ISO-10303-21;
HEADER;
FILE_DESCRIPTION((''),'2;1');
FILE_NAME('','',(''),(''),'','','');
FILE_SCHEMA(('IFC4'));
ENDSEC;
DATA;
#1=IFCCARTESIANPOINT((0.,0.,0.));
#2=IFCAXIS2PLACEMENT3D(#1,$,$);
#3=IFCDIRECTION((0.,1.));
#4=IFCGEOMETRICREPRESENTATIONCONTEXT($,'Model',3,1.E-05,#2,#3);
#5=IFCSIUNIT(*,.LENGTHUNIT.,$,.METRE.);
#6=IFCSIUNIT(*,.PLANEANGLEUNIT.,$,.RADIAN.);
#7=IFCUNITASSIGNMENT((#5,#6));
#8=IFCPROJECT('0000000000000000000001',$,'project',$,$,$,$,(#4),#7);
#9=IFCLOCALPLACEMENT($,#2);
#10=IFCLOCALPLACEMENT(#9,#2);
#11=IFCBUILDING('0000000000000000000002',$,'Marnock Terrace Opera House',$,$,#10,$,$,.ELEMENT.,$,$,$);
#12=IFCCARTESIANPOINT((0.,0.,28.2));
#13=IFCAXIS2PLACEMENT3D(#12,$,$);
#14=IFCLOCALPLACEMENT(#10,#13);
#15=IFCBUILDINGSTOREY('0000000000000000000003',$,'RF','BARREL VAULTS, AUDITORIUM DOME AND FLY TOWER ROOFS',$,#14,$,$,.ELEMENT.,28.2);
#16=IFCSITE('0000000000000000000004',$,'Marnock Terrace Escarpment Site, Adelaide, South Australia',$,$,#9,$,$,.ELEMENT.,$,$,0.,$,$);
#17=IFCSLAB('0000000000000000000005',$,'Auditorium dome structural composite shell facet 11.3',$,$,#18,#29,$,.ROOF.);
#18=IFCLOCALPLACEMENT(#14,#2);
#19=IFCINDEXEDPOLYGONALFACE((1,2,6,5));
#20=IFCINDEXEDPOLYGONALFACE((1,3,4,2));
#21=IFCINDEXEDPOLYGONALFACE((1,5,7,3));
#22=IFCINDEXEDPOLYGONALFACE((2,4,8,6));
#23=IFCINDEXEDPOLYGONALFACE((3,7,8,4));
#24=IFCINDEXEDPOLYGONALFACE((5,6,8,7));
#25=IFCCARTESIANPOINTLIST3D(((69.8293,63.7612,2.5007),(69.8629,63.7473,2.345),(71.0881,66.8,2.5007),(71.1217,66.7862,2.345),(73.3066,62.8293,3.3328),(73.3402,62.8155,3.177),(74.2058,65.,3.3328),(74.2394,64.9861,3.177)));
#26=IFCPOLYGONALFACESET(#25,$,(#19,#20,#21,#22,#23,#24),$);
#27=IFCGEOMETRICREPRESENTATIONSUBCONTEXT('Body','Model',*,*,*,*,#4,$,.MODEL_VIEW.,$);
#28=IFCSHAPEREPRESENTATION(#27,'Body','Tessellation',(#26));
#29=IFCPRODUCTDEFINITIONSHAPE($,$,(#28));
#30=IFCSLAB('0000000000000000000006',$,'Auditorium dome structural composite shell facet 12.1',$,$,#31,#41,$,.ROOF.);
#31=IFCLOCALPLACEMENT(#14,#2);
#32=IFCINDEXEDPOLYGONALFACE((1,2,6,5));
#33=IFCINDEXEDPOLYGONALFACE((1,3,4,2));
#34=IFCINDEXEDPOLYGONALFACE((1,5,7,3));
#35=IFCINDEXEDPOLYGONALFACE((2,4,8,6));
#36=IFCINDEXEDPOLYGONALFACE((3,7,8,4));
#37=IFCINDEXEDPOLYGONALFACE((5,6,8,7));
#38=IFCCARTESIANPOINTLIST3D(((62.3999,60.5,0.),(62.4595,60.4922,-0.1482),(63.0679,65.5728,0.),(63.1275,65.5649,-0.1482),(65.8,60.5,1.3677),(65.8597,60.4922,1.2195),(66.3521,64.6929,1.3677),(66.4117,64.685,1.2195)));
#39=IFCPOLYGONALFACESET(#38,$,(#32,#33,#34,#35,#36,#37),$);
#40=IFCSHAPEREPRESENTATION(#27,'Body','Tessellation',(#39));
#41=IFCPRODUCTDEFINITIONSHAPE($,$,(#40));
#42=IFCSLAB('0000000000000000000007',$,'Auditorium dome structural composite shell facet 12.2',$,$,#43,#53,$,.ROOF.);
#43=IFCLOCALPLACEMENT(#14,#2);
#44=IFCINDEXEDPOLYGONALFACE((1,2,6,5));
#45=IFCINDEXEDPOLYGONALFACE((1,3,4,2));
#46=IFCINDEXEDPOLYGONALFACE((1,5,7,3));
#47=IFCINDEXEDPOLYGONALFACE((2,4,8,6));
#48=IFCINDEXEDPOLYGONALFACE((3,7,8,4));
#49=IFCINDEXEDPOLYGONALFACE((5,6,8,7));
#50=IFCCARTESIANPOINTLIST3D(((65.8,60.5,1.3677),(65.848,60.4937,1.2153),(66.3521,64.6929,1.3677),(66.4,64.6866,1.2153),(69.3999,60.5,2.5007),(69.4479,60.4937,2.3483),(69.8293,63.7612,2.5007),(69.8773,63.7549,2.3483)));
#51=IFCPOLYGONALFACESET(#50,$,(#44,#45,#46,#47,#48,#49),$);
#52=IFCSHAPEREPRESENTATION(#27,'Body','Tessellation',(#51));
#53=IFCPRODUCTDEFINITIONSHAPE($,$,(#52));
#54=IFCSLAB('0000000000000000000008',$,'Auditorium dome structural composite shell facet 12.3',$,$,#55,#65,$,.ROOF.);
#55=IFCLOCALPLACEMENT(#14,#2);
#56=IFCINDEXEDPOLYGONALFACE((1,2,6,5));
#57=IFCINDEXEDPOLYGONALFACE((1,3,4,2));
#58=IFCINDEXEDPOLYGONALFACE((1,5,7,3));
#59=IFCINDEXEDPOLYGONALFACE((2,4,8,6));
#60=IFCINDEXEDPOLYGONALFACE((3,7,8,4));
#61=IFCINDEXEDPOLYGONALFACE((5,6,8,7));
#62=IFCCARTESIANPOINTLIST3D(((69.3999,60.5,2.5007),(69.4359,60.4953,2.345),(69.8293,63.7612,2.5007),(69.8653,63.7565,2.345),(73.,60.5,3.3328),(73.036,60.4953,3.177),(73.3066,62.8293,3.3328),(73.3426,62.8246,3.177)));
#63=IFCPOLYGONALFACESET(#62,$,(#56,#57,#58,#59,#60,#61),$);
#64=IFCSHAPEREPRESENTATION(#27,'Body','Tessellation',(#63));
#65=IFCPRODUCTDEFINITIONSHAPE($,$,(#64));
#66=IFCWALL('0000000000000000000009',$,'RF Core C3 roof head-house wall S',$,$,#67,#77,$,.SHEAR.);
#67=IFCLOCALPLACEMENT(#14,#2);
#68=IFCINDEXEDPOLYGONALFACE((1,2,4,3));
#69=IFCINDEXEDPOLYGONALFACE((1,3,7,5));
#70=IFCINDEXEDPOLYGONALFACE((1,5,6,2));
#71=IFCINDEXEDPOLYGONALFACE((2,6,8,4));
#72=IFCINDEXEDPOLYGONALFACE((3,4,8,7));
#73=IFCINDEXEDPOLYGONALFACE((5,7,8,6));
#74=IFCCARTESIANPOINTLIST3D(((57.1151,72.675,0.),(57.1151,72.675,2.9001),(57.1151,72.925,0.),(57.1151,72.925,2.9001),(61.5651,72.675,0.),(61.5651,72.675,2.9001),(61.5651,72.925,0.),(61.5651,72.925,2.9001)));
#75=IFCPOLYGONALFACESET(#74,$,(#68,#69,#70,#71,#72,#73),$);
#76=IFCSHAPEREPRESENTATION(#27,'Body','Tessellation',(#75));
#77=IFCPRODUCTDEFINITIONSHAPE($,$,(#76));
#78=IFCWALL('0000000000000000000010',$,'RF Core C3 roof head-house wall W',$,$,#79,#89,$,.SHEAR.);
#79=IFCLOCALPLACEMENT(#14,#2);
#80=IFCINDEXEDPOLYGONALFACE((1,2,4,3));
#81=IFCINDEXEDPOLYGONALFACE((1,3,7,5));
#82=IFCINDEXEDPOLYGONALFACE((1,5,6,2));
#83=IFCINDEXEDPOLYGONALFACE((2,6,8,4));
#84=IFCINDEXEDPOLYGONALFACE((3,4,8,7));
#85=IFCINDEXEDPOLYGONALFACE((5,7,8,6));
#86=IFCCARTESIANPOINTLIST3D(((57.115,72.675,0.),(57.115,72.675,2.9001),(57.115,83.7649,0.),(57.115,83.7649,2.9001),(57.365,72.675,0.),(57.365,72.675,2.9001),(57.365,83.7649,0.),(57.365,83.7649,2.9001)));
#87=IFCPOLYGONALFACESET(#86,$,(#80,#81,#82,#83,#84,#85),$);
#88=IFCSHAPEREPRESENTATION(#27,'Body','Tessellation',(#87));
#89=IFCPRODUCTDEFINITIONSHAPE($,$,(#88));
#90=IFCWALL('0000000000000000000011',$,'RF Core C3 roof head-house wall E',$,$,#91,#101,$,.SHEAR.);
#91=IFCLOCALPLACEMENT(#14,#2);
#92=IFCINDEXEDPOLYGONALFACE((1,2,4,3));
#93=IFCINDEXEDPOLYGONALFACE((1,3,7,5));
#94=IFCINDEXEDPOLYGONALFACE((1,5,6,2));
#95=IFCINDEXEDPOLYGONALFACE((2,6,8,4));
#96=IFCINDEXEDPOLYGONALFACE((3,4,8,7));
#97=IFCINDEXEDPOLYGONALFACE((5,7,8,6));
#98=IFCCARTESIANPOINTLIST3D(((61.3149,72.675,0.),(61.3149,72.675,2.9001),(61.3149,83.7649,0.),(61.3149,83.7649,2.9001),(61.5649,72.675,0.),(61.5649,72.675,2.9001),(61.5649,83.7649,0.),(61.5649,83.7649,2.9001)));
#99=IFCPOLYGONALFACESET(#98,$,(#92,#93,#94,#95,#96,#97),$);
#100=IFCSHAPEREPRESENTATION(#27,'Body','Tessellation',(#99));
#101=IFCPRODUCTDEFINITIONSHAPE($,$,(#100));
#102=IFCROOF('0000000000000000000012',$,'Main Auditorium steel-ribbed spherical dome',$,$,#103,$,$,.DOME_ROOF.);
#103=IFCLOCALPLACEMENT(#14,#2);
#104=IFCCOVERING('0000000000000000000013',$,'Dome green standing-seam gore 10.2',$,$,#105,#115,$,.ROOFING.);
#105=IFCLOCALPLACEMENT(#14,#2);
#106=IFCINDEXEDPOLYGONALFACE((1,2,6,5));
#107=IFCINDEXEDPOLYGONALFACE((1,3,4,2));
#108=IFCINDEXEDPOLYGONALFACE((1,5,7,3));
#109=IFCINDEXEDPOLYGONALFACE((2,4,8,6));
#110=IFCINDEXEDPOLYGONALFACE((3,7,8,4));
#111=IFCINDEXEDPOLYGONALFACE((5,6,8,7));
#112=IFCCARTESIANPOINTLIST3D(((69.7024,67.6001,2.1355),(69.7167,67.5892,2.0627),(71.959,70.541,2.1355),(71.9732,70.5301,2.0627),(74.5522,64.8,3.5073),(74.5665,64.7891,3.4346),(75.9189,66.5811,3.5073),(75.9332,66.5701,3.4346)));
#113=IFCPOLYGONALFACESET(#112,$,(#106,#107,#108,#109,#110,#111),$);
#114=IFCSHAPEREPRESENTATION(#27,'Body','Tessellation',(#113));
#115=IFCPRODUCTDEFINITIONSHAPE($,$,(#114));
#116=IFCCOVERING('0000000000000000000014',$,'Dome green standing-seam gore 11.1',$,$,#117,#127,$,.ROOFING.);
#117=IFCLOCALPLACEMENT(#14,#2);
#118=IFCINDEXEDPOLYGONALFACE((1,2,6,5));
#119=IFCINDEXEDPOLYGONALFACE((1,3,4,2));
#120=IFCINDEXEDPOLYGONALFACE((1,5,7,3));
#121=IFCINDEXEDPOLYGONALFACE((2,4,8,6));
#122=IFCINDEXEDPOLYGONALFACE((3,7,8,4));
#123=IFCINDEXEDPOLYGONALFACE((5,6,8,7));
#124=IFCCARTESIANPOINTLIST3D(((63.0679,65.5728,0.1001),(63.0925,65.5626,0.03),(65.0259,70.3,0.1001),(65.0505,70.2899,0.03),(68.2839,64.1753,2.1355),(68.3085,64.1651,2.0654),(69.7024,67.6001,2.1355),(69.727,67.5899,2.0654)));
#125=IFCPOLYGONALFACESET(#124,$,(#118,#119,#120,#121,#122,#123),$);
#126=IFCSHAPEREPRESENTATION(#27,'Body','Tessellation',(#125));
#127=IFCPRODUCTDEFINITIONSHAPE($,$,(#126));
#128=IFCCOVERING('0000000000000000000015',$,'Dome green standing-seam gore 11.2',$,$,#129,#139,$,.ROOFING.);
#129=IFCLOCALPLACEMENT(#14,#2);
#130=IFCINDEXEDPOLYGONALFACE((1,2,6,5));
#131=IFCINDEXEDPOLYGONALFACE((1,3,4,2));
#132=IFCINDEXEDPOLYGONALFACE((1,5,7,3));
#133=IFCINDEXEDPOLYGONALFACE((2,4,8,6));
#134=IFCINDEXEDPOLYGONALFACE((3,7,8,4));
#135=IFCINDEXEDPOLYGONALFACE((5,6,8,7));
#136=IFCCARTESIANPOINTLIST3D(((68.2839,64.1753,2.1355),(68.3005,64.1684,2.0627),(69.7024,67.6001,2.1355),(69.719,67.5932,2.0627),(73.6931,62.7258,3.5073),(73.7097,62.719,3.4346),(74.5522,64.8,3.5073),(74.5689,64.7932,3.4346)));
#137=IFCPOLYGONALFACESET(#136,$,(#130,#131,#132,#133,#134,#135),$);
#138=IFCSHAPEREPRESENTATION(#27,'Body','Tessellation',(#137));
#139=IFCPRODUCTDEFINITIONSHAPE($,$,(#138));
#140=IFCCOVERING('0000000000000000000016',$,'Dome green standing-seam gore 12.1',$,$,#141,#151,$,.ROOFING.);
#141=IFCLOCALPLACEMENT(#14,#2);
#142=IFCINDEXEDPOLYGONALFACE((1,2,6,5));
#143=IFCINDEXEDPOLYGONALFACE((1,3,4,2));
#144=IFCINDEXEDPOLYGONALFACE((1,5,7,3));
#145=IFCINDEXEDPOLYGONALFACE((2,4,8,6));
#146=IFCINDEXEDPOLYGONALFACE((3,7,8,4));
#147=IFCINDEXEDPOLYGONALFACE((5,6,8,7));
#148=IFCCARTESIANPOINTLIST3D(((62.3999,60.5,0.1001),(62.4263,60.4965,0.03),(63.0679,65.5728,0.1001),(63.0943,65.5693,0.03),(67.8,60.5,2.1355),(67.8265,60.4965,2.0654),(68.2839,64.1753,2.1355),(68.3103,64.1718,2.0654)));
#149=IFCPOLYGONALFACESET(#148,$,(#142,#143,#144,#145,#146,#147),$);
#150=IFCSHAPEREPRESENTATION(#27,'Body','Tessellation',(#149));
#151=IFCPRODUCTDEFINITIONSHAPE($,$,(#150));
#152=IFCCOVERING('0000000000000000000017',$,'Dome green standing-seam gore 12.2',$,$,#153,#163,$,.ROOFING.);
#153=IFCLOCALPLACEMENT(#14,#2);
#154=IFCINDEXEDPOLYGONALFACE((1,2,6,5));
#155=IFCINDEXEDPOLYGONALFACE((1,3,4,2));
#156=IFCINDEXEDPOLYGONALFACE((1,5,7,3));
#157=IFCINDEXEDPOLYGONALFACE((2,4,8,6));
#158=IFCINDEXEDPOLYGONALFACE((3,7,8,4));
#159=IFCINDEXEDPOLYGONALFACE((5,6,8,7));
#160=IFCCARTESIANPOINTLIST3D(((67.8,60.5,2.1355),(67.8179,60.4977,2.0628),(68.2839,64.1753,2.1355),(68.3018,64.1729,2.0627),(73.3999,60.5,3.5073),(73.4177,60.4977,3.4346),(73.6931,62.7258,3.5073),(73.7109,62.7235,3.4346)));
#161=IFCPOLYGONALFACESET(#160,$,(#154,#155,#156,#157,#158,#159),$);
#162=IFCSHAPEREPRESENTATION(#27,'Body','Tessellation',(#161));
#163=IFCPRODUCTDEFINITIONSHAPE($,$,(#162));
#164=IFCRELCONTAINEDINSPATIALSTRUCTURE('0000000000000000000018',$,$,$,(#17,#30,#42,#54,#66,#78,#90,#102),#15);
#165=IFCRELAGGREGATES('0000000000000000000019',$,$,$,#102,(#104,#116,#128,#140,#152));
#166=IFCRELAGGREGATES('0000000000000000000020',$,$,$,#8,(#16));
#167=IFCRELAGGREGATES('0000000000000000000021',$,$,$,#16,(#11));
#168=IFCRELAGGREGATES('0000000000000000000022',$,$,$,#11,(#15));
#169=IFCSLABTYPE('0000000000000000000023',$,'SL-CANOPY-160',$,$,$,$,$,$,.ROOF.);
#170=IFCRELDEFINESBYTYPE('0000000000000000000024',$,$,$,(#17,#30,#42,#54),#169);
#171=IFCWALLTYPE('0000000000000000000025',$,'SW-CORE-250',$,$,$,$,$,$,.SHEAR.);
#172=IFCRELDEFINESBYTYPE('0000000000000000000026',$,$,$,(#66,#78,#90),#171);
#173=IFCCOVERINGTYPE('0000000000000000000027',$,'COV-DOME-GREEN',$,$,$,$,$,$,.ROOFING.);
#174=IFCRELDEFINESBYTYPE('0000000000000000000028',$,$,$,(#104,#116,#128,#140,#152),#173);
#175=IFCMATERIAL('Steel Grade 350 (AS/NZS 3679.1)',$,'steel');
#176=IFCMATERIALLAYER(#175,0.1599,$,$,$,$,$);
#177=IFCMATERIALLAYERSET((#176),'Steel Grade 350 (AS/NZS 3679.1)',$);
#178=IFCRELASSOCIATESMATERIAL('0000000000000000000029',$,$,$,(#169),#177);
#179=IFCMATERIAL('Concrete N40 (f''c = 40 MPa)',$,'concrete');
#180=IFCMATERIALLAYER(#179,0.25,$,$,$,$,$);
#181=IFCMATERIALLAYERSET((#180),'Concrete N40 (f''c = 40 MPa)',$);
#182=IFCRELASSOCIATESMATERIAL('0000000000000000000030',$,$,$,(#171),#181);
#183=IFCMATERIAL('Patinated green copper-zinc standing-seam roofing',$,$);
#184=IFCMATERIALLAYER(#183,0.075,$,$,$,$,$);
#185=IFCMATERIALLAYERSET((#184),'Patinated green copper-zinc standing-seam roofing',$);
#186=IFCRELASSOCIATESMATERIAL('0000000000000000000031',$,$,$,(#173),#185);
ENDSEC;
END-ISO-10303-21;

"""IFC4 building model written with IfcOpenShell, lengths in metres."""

from ifc_helpers import new_model, si_unit, direction, frame, frame_2d, origin, place, context, subcontext, project, spatial, polyline, rectangle, outline, extrude, material, layer, layer_set, type_object, element, aggregate, save


model = new_model("IFC4")

# Units and contexts
model_context = context("Model", 3, precision=1e-05, world=origin(), true_north=direction((0.0, 1.0)))
body_context = subcontext(model_context, "Body", "Model", "MODEL_VIEW")
ifc_project = project(units=[si_unit("LENGTHUNIT", "METRE"), si_unit("PLANEANGLEUNIT", "RADIAN")], contexts=[model_context])

# Site, building, storey
site_placement = place(None, origin())
site = spatial("IfcSite", under=ifc_project, at=site_placement, Name="Marnock Terrace Escarpment Site, Adelaide, South Australia", CompositionType="ELEMENT", RefElevation=0.0)
building_placement = place(site_placement, origin())
building = spatial("IfcBuilding", under=site, at=building_placement, Name="Marnock Terrace Opera House", CompositionType="ELEMENT")
storey_placement = place(building_placement, frame((0.0, 0.0, 28.2)))
storey = spatial("IfcBuildingStorey", under=building, at=storey_placement, Name="RF", Description="BARREL VAULTS, AUDITORIUM DOME AND FLY TOWER ROOFS", CompositionType="ELEMENT", Elevation=28.2)

# Shared definitions
ifc_material_1 = material(Name="Steel Grade 350 (AS/NZS 3679.1)", Category="steel")
ifc_material_2 = material(Name="Concrete N40 (f'c = 40 MPa)", Category="concrete")

# Slabs
ifc_layer_1 = layer(ifc_material_1, 0.1599)
ifc_layer_set_1 = layer_set([ifc_layer_1], Name="Steel Grade 350 (AS/NZS 3679.1)")
slab_type = type_object("IfcSlabType", Name="SL-CANOPY-160", PredefinedType="ROOF", material=ifc_layer_set_1)
slab_1_placement = place(storey_placement, frame((71.0881, 66.8, 2.5007), z_axis=(-0.209743, 0.086884, 0.973889), x_axis=(-0.382701, -0.923872, 0.0)))
element("IfcSlab", 1, at=slab_1_placement, inside=storey, type_object=slab_type, Name="Auditorium dome structural composite shell facet 11.3", PredefinedType="ROOF", context=body_context, shape_type="SweptSolid", body=[
    extrude(outline(polyline([(0.0, 0.0), (3.2892, 0.0), (2.8194, 3.6649), (0.4699, 3.6649), (0.0, 0.0)])), origin(), (0.0, 0.0, -1.0), 0.1599),
])
slab_2_placement = place(storey_placement, frame((63.0679, 65.5728, 0.0), z_axis=(-0.372738, 0.049077, 0.926638), x_axis=(-0.130549, -0.991442, -0.000004)))
element("IfcSlab", 2, at=slab_2_placement, inside=storey, type_object=slab_type, Name="Auditorium dome structural composite shell facet 12.1", PredefinedType="ROOF", context=body_context, shape_type="SweptSolid", body=[
    extrude(outline(polyline([(0.0, 0.0), (5.1165, 0.0), (4.6727, 3.6379), (0.4436, 3.6378), (0.0, 0.0)])), origin(), (0.0, 0.0, -1.0), 0.1599),
])
slab_3_placement = place(storey_placement, frame((66.3521, 64.6929, 1.3677), z_axis=(-0.299992, 0.039498, 0.953124), x_axis=(-0.130527, -0.991445, 0.000004)))
element("IfcSlab", 3, at=slab_3_placement, inside=storey, type_object=slab_type, Name="Auditorium dome structural composite shell facet 12.2", PredefinedType="ROOF", context=body_context, shape_type="SweptSolid", body=[
    extrude(outline(polyline([(0.0, 0.0), (4.2291, 0.0), (3.7592, 3.7446), (0.4698, 3.7447), (0.0, 0.0)])), origin(), (0.0, 0.0, -1.0), 0.1599),
])
slab_4_placement = place(storey_placement, frame((69.8293, 63.7612, 2.5007), z_axis=(-0.225082, 0.029635, 0.973889), x_axis=(-0.130554, -0.991441, -0.000004)))
element("IfcSlab", 4, at=slab_4_placement, inside=storey, type_object=slab_type, Name="Auditorium dome structural composite shell facet 12.3", PredefinedType="ROOF", context=body_context, shape_type="SweptSolid", body=[
    extrude(outline(polyline([(0.0, 0.0), (3.2894, 0.0), (2.8194, 3.665), (0.4699, 3.6649), (0.0, 0.0)])), origin(), (0.0, 0.0, -1.0), 0.1599),
])

# Walls
ifc_layer_2 = layer(ifc_material_2, 0.25)
ifc_layer_set_2 = layer_set([ifc_layer_2], Name="Concrete N40 (f'c = 40 MPa)")
wall_type = type_object("IfcWallType", Name="SW-CORE-250", PredefinedType="SHEAR", material=ifc_layer_set_2)
wall_placement = place(storey_placement, frame((57.115, 72.8, 0.0), z_axis=(0.0, 0.0, 1.0), x_axis=(1.0, 0.0, 0.0)))
element("IfcWall", 5, at=wall_placement, inside=storey, type_object=wall_type, Name="RF Core C3 roof head-house wall S", PredefinedType="SHEAR", context=body_context, shape_type="SweptSolid", body=[
    extrude(rectangle(XDim=4.45, YDim=0.25, at=frame_2d((2.2251, 0.0))), origin(), (0.0, 0.0, 1.0), 2.9001),
])
for number, where, z_axis, x_axis, name in (
    (6, (57.24, 72.675, 0.0), (0.0, 0.0, 1.0), (0.0, 1.0, 0.0), "RF Core C3 roof head-house wall W"),
    (7, (61.4399, 72.675, 0.0), (0.0, 0.0, 1.0), (0.0, 1.0, 0.0), "RF Core C3 roof head-house wall E"),
):
    element("IfcWall", number, at=place(storey_placement, frame(where, z_axis=z_axis, x_axis=x_axis)), inside=storey, type_object=wall_type, Name=name, PredefinedType="SHEAR", context=body_context, shape_type="SweptSolid", body=[
        extrude(rectangle(XDim=11.0898, YDim=0.25, at=frame_2d((5.5449, 0.0))), origin(), (0.0, 0.0, 1.0), 2.9001),
    ])

# Roof, coverings
roof_placement = place(storey_placement, origin())
roof = element("IfcRoof", 8, at=roof_placement, inside=storey, Name="Main Auditorium steel-ribbed spherical dome", PredefinedType="DOME_ROOF")
ifc_material_3 = material(Name="Patinated green copper-zinc standing-seam roofing")
ifc_layer_3 = layer(ifc_material_3, 0.075)
ifc_layer_set_3 = layer_set([ifc_layer_3], Name="Patinated green copper-zinc standing-seam roofing")
covering_type = type_object("IfcCoveringType", Name="COV-DOME-GREEN", PredefinedType="ROOFING", material=ifc_layer_set_3)
covering_1_placement = place(storey_placement, frame((71.959, 70.541, 2.1355), z_axis=(-0.190295, 0.14602, 0.970807), x_axis=(-0.608753, -0.79336, 0.000004)))
covering_1 = element("IfcCovering", 9, at=covering_1_placement, type_object=covering_type, Name="Dome green standing-seam gore 10.2", PredefinedType="ROOFING", context=body_context, shape_type="SweptSolid", body=[
    extrude(outline(polyline([(0.0, 0.0), (3.7069, 0.0), (2.976, 5.7192), (0.731, 5.7193), (0.0, 0.0)])), origin(), (0.0, 0.0, -1.0), 0.075),
])
covering_2_placement = place(storey_placement, frame((65.0259, 70.3, 0.1001), z_axis=(-0.328318, 0.135984, 0.934728), x_axis=(-0.382666, -0.923887, -0.000002)))
covering_2 = element("IfcCovering", 10, at=covering_2_placement, type_object=covering_type, Name="Dome green standing-seam gore 11.1", PredefinedType="ROOFING", context=body_context, shape_type="SweptSolid", body=[
    extrude(outline(polyline([(0.0, 0.0), (5.1167, 0.0), (4.4118, 5.7277), (0.7049, 5.7276), (0.0, 0.0)])), origin(), (0.0, 0.0, -1.0), 0.075),
])
covering_3_placement = place(storey_placement, frame((69.7024, 67.6001, 2.1355), z_axis=(-0.22161, 0.091787, 0.970806), x_axis=(-0.382651, -0.923893, 0.000002)))
covering_3 = element("IfcCovering", 11, at=covering_3_placement, type_object=covering_type, Name="Dome green standing-seam gore 11.2", PredefinedType="ROOFING", context=body_context, shape_type="SweptSolid", body=[
    extrude(outline(polyline([(0.0, 0.0), (3.7069, 0.0), (2.9763, 5.7191), (0.7311, 5.7192), (0.0, 0.0)])), origin(), (0.0, 0.0, -1.0), 0.075),
])
covering_4_placement = place(storey_placement, frame((63.0679, 65.5728, 0.1001), z_axis=(-0.352317, 0.04639, 0.93473), x_axis=(-0.13055, -0.991442, -0.000003)))
covering_4 = element("IfcCovering", 12, at=covering_4_placement, type_object=covering_type, Name="Dome green standing-seam gore 12.1", PredefinedType="ROOFING", context=body_context, shape_type="SweptSolid", body=[
    extrude(outline(polyline([(0.0, 0.0), (5.1165, 0.0), (4.4115, 5.7278), (0.7045, 5.7277), (0.0, 0.0)])), origin(), (0.0, 0.0, -1.0), 0.075),
])
covering_5_placement = place(storey_placement, frame((68.2839, 64.1753, 2.1355), z_axis=(-0.237819, 0.031318, 0.970804), x_axis=(-0.130534, -0.991444, 0.000006)))
covering_5 = element("IfcCovering", 13, at=covering_5_placement, type_object=covering_type, Name="Dome green standing-seam gore 12.2", PredefinedType="ROOFING", context=body_context, shape_type="SweptSolid", body=[
    extrude(outline(polyline([(0.0, 0.0), (3.707, 0.0), (2.976, 5.7189), (0.731, 5.7191), (0.0, 0.0)])), origin(), (0.0, 0.0, -1.0), 0.075),
])
aggregate(roof, [covering_1, covering_2, covering_3, covering_4, covering_5])

save(model, "model.ifc")
